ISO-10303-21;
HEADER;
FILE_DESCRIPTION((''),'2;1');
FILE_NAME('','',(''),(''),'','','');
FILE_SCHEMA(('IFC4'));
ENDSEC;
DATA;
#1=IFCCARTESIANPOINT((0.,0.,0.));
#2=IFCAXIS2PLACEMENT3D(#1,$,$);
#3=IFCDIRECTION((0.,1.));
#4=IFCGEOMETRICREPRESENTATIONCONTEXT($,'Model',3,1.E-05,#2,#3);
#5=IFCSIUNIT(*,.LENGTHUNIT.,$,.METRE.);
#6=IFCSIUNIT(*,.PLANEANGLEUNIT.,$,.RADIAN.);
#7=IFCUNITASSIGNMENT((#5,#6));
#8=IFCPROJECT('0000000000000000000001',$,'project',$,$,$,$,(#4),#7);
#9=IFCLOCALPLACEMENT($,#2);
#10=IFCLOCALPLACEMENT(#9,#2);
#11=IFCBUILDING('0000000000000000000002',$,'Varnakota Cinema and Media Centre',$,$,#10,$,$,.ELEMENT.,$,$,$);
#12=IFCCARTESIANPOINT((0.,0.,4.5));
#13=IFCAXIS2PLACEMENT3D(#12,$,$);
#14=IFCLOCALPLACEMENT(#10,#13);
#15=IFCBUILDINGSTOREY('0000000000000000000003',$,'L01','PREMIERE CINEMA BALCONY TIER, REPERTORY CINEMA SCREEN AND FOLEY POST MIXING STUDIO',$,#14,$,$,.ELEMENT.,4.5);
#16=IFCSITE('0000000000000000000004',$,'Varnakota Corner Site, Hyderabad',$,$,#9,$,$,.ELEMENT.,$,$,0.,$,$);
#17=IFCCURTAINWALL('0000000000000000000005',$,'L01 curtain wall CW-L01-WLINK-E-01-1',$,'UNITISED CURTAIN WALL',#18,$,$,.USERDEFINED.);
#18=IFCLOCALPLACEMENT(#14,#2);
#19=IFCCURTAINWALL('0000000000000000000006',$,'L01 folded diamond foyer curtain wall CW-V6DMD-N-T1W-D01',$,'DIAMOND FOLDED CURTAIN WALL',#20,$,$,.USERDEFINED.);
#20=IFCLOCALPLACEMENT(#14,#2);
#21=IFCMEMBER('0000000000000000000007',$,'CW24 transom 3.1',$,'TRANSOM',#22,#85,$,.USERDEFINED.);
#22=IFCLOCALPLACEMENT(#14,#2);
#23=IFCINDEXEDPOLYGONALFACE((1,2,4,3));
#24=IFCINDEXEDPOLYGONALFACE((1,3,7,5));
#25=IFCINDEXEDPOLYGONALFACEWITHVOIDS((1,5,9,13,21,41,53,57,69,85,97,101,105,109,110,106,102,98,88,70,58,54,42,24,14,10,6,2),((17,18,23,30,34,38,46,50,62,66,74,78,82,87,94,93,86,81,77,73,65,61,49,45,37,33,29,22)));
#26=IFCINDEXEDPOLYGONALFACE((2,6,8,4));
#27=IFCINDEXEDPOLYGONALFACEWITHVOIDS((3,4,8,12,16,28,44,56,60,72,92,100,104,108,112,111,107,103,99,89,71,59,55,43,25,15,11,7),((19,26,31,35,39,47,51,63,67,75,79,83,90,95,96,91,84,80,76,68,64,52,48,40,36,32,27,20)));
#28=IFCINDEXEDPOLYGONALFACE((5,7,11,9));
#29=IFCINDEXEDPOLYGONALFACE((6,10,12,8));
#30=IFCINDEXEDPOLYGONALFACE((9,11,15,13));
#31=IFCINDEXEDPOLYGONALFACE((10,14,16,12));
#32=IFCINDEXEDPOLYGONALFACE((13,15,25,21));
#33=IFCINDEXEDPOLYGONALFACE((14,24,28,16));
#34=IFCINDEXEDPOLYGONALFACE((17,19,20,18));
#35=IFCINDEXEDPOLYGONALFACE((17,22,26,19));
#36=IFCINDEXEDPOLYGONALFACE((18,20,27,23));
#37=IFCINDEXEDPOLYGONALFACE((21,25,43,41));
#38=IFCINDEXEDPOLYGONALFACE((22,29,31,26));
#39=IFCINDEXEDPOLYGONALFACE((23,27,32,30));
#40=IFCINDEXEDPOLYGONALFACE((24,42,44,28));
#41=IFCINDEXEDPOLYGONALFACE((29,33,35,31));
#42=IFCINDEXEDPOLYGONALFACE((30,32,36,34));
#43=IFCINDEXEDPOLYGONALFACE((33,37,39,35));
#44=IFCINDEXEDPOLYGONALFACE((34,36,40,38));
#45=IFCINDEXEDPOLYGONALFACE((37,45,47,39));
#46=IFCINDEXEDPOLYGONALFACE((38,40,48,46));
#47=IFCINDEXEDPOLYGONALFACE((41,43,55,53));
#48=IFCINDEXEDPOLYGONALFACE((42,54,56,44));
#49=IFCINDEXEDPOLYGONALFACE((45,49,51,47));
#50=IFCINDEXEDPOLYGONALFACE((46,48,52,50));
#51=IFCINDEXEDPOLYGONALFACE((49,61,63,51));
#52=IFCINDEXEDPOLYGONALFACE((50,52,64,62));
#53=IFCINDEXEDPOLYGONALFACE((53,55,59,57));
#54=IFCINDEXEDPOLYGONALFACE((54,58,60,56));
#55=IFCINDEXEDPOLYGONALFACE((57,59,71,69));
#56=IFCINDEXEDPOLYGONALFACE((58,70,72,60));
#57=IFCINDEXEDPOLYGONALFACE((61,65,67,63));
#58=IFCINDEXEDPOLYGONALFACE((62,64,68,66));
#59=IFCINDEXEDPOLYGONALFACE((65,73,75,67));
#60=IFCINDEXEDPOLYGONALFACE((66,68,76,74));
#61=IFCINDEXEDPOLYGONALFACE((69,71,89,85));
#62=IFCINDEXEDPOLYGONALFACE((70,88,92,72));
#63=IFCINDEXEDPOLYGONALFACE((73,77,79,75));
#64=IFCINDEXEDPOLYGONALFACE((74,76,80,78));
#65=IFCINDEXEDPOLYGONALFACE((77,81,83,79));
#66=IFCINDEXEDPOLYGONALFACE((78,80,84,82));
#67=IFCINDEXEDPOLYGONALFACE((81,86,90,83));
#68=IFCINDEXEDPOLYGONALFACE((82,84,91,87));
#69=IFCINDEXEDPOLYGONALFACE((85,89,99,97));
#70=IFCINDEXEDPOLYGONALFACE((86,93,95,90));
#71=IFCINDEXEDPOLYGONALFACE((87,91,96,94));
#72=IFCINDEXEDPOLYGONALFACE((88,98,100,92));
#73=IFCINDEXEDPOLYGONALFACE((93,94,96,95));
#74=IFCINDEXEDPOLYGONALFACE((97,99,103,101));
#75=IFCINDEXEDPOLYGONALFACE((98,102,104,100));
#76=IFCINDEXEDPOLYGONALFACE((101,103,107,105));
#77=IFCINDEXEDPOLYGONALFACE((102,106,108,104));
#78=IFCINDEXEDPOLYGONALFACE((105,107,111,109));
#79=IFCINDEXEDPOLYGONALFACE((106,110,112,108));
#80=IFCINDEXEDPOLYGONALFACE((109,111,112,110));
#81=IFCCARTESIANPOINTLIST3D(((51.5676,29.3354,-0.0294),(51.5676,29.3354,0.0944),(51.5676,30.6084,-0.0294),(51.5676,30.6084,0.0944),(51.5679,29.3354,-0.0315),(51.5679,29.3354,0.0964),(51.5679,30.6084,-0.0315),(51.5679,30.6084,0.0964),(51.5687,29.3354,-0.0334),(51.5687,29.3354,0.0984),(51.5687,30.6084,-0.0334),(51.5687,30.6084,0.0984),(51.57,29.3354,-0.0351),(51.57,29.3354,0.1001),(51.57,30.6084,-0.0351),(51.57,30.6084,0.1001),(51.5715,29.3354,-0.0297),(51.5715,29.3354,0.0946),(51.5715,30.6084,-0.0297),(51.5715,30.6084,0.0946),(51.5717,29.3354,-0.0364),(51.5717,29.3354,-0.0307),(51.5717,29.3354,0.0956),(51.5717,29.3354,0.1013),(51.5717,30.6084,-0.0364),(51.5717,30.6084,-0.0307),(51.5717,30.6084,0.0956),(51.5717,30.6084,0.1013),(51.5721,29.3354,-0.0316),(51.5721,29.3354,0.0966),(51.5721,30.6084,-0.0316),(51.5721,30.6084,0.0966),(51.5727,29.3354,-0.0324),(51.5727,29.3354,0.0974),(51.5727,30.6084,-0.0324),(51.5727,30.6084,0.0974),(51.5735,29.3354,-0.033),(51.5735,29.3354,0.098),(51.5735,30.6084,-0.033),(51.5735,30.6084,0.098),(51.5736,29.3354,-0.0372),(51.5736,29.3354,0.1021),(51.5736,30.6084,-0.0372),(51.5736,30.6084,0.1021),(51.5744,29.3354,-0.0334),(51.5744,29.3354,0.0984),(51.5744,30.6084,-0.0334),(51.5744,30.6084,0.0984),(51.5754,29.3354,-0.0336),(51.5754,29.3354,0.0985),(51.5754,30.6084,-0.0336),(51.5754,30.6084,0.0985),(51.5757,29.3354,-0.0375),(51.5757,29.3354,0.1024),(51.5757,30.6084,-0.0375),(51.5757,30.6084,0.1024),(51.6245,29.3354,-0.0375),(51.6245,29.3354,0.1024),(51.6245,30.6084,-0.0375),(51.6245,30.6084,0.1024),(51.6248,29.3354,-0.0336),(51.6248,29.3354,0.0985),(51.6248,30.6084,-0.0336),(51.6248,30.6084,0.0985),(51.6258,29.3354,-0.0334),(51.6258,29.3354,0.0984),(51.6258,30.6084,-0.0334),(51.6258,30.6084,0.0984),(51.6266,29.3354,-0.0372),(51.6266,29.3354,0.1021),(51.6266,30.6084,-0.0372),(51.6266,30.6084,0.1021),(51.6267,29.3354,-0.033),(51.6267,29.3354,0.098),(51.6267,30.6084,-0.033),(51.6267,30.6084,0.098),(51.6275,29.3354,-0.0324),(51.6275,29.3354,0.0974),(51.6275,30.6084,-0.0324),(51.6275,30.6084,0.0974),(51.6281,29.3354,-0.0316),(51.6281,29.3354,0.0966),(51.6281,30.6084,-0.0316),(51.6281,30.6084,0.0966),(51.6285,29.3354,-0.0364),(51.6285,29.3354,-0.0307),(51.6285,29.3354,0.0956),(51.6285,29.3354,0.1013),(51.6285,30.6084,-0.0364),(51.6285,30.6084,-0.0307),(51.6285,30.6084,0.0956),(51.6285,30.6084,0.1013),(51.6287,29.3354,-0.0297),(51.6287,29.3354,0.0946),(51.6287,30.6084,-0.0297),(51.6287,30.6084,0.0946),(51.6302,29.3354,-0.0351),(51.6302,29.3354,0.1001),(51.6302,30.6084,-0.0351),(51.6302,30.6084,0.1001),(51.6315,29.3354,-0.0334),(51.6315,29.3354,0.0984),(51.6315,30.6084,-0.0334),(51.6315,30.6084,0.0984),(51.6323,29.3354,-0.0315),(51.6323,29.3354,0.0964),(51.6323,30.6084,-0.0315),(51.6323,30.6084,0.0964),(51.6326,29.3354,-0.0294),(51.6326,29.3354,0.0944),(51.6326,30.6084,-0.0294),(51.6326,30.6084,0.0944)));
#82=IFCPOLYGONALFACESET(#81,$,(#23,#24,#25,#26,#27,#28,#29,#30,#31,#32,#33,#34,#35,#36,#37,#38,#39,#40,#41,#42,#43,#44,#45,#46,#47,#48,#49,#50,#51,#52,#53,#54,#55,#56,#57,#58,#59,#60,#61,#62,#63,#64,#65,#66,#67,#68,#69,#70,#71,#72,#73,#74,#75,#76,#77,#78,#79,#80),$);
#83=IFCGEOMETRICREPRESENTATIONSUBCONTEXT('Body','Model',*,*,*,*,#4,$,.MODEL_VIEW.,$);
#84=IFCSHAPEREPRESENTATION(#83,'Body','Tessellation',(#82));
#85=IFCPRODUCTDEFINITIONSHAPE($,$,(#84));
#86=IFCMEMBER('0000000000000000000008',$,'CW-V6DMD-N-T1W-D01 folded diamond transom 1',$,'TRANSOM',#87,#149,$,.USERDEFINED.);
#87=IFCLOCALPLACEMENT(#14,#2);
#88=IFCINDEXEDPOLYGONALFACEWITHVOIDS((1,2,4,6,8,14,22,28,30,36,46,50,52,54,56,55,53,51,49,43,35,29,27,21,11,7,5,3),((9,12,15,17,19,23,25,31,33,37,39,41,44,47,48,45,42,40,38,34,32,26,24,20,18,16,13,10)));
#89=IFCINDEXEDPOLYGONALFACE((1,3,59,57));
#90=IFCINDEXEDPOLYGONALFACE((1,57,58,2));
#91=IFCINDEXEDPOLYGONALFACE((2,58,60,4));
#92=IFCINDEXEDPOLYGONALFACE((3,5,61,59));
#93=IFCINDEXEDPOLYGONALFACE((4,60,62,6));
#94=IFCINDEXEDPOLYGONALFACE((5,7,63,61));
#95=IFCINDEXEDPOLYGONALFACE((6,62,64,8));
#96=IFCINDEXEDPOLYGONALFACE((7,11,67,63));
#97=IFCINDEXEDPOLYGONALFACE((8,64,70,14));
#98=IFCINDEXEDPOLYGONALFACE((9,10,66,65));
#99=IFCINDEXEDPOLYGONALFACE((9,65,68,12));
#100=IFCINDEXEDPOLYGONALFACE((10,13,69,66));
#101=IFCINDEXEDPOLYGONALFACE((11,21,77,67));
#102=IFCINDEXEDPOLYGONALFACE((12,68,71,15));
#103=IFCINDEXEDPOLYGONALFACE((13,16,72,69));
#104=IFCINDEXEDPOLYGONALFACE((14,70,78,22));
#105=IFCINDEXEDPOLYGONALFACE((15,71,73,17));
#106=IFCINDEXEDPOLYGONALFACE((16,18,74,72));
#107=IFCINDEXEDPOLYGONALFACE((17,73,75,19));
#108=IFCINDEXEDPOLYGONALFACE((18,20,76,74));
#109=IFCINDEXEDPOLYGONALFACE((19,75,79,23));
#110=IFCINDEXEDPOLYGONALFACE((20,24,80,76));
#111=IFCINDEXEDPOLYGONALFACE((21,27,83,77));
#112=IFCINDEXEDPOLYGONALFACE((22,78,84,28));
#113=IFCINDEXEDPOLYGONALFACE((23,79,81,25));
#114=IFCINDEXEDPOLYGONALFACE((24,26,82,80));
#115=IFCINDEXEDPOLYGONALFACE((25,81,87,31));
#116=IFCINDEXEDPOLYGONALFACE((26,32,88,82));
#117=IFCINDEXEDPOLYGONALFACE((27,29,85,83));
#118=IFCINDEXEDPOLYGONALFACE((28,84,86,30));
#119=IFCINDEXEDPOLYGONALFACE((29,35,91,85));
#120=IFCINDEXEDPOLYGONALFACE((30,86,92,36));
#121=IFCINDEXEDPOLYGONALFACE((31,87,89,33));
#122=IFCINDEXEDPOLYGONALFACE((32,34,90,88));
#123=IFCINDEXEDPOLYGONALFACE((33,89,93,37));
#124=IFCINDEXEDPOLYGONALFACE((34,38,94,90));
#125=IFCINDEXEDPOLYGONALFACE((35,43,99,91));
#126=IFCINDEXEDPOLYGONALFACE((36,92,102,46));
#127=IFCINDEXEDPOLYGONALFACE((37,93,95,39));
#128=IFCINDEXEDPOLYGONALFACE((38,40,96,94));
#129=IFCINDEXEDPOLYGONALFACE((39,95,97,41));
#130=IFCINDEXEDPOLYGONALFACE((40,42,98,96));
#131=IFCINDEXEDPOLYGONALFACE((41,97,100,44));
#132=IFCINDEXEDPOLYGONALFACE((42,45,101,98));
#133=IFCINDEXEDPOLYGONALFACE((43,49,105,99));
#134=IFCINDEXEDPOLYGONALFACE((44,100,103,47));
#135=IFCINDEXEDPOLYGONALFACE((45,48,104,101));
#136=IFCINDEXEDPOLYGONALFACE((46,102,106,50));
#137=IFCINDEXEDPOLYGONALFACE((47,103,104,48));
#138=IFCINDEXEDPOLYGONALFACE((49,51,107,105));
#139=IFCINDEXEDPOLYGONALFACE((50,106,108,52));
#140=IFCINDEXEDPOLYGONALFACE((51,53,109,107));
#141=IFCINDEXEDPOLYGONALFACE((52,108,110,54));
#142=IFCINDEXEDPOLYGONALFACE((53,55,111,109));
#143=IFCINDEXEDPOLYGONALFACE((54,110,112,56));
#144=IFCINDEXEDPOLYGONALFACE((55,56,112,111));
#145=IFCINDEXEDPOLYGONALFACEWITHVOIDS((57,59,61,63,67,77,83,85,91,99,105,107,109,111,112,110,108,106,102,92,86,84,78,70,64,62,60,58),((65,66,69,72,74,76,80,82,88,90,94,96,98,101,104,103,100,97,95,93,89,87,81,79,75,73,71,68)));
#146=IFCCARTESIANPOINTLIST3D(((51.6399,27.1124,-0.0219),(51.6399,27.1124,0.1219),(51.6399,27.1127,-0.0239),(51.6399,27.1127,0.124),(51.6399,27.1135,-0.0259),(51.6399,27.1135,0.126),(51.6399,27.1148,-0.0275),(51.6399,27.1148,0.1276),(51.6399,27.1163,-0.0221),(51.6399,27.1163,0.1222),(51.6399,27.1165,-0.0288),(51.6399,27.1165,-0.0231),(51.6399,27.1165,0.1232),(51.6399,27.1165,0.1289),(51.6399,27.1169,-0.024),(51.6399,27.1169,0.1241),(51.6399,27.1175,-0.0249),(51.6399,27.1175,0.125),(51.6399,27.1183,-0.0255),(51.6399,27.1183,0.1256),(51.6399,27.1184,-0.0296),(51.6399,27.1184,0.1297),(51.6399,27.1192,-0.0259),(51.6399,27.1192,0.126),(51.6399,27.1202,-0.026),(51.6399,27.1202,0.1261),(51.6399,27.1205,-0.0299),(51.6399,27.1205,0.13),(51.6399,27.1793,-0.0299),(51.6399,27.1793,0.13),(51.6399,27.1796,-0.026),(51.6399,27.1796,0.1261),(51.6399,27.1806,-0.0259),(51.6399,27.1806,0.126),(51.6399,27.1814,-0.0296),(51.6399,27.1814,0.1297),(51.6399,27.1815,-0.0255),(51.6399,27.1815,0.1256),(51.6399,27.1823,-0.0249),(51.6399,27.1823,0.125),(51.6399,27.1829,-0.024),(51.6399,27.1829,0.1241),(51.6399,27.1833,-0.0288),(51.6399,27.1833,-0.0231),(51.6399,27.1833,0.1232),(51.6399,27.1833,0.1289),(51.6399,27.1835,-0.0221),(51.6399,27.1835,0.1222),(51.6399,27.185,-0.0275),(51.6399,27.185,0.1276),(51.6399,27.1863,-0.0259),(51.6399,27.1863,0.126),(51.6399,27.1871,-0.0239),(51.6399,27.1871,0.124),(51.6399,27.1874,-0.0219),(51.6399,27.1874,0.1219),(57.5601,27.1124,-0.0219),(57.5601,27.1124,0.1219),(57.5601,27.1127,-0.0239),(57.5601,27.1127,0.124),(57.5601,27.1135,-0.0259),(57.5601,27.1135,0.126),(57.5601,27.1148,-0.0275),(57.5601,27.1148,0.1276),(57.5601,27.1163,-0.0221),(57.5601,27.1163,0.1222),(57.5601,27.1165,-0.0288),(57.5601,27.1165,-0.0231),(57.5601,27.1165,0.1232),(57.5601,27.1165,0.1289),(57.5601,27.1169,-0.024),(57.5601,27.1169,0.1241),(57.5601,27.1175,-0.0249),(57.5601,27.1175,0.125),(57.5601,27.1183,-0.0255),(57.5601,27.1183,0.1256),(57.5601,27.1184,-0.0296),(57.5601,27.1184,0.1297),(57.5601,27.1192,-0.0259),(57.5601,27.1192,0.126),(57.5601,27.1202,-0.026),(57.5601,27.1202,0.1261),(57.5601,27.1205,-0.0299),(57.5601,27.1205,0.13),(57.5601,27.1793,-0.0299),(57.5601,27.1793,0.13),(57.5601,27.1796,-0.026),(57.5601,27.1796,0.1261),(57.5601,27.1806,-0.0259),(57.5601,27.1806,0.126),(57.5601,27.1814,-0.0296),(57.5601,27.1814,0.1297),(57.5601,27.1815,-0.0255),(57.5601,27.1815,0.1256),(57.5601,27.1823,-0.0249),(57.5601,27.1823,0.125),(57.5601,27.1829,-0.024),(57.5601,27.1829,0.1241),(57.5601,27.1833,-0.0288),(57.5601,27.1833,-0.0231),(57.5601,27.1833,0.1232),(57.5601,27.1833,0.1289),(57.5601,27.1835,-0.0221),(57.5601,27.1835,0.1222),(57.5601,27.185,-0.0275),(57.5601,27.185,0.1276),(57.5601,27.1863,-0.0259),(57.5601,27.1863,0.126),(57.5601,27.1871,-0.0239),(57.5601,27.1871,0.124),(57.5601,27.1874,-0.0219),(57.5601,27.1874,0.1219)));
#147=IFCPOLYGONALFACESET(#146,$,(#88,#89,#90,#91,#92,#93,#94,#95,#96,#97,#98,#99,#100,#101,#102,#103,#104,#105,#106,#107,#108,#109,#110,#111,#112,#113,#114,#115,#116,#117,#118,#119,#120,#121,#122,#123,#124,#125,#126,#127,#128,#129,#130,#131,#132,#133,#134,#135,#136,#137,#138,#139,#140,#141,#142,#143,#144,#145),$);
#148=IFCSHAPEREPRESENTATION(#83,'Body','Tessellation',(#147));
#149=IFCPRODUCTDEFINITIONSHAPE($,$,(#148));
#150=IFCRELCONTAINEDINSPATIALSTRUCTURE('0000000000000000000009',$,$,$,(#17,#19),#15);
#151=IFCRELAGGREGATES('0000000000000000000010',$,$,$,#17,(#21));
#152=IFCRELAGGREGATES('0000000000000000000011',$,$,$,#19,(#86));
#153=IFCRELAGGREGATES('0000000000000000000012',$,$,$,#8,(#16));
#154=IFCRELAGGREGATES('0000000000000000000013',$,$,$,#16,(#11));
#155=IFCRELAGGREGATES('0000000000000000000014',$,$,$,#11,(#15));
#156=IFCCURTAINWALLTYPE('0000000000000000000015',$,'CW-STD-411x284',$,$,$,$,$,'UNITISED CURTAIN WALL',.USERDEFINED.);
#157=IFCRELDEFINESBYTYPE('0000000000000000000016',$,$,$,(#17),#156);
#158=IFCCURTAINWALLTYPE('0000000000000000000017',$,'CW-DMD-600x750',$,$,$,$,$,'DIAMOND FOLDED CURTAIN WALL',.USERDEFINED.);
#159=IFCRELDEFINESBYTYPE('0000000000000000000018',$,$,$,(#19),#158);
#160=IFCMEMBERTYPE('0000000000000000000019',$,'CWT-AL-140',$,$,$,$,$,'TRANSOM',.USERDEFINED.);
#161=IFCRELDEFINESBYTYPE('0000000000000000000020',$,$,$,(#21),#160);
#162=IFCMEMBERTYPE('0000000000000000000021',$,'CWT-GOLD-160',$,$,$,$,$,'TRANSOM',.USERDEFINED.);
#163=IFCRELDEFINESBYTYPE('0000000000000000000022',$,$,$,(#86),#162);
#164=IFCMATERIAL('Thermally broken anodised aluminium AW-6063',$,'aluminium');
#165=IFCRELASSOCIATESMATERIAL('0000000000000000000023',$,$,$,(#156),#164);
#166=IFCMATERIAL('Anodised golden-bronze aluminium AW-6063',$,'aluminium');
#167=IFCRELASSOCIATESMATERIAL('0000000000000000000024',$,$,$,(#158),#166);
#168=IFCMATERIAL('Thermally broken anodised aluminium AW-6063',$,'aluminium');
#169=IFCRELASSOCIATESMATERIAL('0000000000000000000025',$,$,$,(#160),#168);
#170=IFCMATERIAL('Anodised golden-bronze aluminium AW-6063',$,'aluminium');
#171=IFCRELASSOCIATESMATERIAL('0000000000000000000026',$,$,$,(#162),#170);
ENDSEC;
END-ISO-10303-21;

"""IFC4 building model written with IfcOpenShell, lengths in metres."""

from ifc_helpers import new_model, si_unit, direction, frame, origin, origin_2d, place, context, subcontext, project, spatial, hollow_rectangle, extrude, material, material_profile, profile_set, type_object, element, aggregate, save


model = new_model("IFC4")

# Units and contexts
model_context = context("Model", 3, precision=1e-05, world=origin(), true_north=direction((0.0, 1.0)))
body_context = subcontext(model_context, "Body", "Model", "MODEL_VIEW")
ifc_project = project(units=[si_unit("LENGTHUNIT", "METRE"), si_unit("PLANEANGLEUNIT", "RADIAN")], contexts=[model_context])

# Site, building, storey
site_placement = place(None, origin())
site = spatial("IfcSite", under=ifc_project, at=site_placement, Name="Varnakota Corner Site, Hyderabad", CompositionType="ELEMENT", RefElevation=0.0)
building_placement = place(site_placement, origin())
building = spatial("IfcBuilding", under=site, at=building_placement, Name="Varnakota Cinema and Media Centre", CompositionType="ELEMENT")
storey_placement = place(building_placement, frame((0.0, 0.0, 4.5)))
storey = spatial("IfcBuildingStorey", under=building, at=storey_placement, Name="L01", Description="PREMIERE CINEMA BALCONY TIER, REPERTORY CINEMA SCREEN AND FOLEY POST MIXING STUDIO", CompositionType="ELEMENT", Elevation=4.5)

# Curtain wall
ifc_material_1 = material(Name="Thermally broken anodised aluminium AW-6063", Category="aluminium")
curtain_wall_type_1 = type_object("IfcCurtainWallType", Name="CW-STD-411x284", ElementType="UNITISED CURTAIN WALL", PredefinedType="USERDEFINED", material=ifc_material_1)
curtain_wall_1_placement = place(storey_placement, origin())
curtain_wall_1 = element("IfcCurtainWall", 1, at=curtain_wall_1_placement, inside=storey, type_object=curtain_wall_type_1, Name="L01 curtain wall CW-L01-WLINK-E-01-1", ObjectType="UNITISED CURTAIN WALL", PredefinedType="USERDEFINED")

# Curtain wall
ifc_material_2 = material(Name="Anodised golden-bronze aluminium AW-6063", Category="aluminium")
curtain_wall_type_2 = type_object("IfcCurtainWallType", Name="CW-DMD-600x750", ElementType="DIAMOND FOLDED CURTAIN WALL", PredefinedType="USERDEFINED", material=ifc_material_2)
curtain_wall_2_placement = place(storey_placement, origin())
curtain_wall_2 = element("IfcCurtainWall", 2, at=curtain_wall_2_placement, inside=storey, type_object=curtain_wall_type_2, Name="L01 folded diamond foyer curtain wall CW-V6DMD-N-T1W-D01", ObjectType="DIAMOND FOLDED CURTAIN WALL", PredefinedType="USERDEFINED")

# Members
ifc_material_3 = material(Name="Thermally broken anodised aluminium AW-6063", Category="aluminium")
ifc_material_profile_1 = material_profile(ifc_material_3, hollow_rectangle(XDim=0.0649, YDim=0.1399, WallThickness=0.0039, InnerFilletRadius=0.0039, OuterFilletRadius=0.0081, at=origin_2d()), Name="AL-TRANSOM 140x65x4")
ifc_profile_set_1 = profile_set([ifc_material_profile_1], Name="Thermally broken anodised aluminium AW-6063")
member_type_1 = type_object("IfcMemberType", Name="CWT-AL-140", ElementType="TRANSOM", PredefinedType="USERDEFINED", material=ifc_profile_set_1)
member_1_placement = place(storey_placement, frame((51.6001, 29.3354, 0.0325), z_axis=(0.0, 1.0, 0.0), x_axis=(-1.0, 0.0, 0.0)))
member_1 = element("IfcMember", 3, at=member_1_placement, type_object=member_type_1, Name="CW24 transom 3.1", ObjectType="TRANSOM", PredefinedType="USERDEFINED", context=body_context, shape_type="SweptSolid", body=[
    extrude(hollow_rectangle(XDim=0.0649, YDim=0.1399, WallThickness=0.0039, InnerFilletRadius=0.0039, OuterFilletRadius=0.0081, at=origin_2d()), origin(), (0.0, 0.0, 1.0), 1.2729),
])
ifc_material_4 = material(Name="Anodised golden-bronze aluminium AW-6063", Category="aluminium")
ifc_material_profile_2 = material_profile(ifc_material_4, hollow_rectangle(XDim=0.075, YDim=0.1599, WallThickness=0.0039, InnerFilletRadius=0.0039, OuterFilletRadius=0.0081, at=origin_2d()), Name="AL-TRANSOM 160x75x4")
ifc_profile_set_2 = profile_set([ifc_material_profile_2], Name="Anodised golden-bronze aluminium AW-6063")
member_type_2 = type_object("IfcMemberType", Name="CWT-GOLD-160", ElementType="TRANSOM", PredefinedType="USERDEFINED", material=ifc_profile_set_2)
member_2_placement = place(storey_placement, frame((51.6399, 27.1499, 0.05), z_axis=(1.0, 0.0, 0.0), x_axis=(0.0, 1.0, 0.0)))
member_2 = element("IfcMember", 4, at=member_2_placement, type_object=member_type_2, Name="CW-V6DMD-N-T1W-D01 folded diamond transom 1", ObjectType="TRANSOM", PredefinedType="USERDEFINED", context=body_context, shape_type="SweptSolid", body=[
    extrude(hollow_rectangle(XDim=0.075, YDim=0.1599, WallThickness=0.0039, InnerFilletRadius=0.0039, OuterFilletRadius=0.0081, at=origin_2d()), origin(), (0.0, 0.0, 1.0), 5.9202),
])

aggregate(curtain_wall_1, [member_1])
aggregate(curtain_wall_2, [member_2])

save(model, "model.ifc")
